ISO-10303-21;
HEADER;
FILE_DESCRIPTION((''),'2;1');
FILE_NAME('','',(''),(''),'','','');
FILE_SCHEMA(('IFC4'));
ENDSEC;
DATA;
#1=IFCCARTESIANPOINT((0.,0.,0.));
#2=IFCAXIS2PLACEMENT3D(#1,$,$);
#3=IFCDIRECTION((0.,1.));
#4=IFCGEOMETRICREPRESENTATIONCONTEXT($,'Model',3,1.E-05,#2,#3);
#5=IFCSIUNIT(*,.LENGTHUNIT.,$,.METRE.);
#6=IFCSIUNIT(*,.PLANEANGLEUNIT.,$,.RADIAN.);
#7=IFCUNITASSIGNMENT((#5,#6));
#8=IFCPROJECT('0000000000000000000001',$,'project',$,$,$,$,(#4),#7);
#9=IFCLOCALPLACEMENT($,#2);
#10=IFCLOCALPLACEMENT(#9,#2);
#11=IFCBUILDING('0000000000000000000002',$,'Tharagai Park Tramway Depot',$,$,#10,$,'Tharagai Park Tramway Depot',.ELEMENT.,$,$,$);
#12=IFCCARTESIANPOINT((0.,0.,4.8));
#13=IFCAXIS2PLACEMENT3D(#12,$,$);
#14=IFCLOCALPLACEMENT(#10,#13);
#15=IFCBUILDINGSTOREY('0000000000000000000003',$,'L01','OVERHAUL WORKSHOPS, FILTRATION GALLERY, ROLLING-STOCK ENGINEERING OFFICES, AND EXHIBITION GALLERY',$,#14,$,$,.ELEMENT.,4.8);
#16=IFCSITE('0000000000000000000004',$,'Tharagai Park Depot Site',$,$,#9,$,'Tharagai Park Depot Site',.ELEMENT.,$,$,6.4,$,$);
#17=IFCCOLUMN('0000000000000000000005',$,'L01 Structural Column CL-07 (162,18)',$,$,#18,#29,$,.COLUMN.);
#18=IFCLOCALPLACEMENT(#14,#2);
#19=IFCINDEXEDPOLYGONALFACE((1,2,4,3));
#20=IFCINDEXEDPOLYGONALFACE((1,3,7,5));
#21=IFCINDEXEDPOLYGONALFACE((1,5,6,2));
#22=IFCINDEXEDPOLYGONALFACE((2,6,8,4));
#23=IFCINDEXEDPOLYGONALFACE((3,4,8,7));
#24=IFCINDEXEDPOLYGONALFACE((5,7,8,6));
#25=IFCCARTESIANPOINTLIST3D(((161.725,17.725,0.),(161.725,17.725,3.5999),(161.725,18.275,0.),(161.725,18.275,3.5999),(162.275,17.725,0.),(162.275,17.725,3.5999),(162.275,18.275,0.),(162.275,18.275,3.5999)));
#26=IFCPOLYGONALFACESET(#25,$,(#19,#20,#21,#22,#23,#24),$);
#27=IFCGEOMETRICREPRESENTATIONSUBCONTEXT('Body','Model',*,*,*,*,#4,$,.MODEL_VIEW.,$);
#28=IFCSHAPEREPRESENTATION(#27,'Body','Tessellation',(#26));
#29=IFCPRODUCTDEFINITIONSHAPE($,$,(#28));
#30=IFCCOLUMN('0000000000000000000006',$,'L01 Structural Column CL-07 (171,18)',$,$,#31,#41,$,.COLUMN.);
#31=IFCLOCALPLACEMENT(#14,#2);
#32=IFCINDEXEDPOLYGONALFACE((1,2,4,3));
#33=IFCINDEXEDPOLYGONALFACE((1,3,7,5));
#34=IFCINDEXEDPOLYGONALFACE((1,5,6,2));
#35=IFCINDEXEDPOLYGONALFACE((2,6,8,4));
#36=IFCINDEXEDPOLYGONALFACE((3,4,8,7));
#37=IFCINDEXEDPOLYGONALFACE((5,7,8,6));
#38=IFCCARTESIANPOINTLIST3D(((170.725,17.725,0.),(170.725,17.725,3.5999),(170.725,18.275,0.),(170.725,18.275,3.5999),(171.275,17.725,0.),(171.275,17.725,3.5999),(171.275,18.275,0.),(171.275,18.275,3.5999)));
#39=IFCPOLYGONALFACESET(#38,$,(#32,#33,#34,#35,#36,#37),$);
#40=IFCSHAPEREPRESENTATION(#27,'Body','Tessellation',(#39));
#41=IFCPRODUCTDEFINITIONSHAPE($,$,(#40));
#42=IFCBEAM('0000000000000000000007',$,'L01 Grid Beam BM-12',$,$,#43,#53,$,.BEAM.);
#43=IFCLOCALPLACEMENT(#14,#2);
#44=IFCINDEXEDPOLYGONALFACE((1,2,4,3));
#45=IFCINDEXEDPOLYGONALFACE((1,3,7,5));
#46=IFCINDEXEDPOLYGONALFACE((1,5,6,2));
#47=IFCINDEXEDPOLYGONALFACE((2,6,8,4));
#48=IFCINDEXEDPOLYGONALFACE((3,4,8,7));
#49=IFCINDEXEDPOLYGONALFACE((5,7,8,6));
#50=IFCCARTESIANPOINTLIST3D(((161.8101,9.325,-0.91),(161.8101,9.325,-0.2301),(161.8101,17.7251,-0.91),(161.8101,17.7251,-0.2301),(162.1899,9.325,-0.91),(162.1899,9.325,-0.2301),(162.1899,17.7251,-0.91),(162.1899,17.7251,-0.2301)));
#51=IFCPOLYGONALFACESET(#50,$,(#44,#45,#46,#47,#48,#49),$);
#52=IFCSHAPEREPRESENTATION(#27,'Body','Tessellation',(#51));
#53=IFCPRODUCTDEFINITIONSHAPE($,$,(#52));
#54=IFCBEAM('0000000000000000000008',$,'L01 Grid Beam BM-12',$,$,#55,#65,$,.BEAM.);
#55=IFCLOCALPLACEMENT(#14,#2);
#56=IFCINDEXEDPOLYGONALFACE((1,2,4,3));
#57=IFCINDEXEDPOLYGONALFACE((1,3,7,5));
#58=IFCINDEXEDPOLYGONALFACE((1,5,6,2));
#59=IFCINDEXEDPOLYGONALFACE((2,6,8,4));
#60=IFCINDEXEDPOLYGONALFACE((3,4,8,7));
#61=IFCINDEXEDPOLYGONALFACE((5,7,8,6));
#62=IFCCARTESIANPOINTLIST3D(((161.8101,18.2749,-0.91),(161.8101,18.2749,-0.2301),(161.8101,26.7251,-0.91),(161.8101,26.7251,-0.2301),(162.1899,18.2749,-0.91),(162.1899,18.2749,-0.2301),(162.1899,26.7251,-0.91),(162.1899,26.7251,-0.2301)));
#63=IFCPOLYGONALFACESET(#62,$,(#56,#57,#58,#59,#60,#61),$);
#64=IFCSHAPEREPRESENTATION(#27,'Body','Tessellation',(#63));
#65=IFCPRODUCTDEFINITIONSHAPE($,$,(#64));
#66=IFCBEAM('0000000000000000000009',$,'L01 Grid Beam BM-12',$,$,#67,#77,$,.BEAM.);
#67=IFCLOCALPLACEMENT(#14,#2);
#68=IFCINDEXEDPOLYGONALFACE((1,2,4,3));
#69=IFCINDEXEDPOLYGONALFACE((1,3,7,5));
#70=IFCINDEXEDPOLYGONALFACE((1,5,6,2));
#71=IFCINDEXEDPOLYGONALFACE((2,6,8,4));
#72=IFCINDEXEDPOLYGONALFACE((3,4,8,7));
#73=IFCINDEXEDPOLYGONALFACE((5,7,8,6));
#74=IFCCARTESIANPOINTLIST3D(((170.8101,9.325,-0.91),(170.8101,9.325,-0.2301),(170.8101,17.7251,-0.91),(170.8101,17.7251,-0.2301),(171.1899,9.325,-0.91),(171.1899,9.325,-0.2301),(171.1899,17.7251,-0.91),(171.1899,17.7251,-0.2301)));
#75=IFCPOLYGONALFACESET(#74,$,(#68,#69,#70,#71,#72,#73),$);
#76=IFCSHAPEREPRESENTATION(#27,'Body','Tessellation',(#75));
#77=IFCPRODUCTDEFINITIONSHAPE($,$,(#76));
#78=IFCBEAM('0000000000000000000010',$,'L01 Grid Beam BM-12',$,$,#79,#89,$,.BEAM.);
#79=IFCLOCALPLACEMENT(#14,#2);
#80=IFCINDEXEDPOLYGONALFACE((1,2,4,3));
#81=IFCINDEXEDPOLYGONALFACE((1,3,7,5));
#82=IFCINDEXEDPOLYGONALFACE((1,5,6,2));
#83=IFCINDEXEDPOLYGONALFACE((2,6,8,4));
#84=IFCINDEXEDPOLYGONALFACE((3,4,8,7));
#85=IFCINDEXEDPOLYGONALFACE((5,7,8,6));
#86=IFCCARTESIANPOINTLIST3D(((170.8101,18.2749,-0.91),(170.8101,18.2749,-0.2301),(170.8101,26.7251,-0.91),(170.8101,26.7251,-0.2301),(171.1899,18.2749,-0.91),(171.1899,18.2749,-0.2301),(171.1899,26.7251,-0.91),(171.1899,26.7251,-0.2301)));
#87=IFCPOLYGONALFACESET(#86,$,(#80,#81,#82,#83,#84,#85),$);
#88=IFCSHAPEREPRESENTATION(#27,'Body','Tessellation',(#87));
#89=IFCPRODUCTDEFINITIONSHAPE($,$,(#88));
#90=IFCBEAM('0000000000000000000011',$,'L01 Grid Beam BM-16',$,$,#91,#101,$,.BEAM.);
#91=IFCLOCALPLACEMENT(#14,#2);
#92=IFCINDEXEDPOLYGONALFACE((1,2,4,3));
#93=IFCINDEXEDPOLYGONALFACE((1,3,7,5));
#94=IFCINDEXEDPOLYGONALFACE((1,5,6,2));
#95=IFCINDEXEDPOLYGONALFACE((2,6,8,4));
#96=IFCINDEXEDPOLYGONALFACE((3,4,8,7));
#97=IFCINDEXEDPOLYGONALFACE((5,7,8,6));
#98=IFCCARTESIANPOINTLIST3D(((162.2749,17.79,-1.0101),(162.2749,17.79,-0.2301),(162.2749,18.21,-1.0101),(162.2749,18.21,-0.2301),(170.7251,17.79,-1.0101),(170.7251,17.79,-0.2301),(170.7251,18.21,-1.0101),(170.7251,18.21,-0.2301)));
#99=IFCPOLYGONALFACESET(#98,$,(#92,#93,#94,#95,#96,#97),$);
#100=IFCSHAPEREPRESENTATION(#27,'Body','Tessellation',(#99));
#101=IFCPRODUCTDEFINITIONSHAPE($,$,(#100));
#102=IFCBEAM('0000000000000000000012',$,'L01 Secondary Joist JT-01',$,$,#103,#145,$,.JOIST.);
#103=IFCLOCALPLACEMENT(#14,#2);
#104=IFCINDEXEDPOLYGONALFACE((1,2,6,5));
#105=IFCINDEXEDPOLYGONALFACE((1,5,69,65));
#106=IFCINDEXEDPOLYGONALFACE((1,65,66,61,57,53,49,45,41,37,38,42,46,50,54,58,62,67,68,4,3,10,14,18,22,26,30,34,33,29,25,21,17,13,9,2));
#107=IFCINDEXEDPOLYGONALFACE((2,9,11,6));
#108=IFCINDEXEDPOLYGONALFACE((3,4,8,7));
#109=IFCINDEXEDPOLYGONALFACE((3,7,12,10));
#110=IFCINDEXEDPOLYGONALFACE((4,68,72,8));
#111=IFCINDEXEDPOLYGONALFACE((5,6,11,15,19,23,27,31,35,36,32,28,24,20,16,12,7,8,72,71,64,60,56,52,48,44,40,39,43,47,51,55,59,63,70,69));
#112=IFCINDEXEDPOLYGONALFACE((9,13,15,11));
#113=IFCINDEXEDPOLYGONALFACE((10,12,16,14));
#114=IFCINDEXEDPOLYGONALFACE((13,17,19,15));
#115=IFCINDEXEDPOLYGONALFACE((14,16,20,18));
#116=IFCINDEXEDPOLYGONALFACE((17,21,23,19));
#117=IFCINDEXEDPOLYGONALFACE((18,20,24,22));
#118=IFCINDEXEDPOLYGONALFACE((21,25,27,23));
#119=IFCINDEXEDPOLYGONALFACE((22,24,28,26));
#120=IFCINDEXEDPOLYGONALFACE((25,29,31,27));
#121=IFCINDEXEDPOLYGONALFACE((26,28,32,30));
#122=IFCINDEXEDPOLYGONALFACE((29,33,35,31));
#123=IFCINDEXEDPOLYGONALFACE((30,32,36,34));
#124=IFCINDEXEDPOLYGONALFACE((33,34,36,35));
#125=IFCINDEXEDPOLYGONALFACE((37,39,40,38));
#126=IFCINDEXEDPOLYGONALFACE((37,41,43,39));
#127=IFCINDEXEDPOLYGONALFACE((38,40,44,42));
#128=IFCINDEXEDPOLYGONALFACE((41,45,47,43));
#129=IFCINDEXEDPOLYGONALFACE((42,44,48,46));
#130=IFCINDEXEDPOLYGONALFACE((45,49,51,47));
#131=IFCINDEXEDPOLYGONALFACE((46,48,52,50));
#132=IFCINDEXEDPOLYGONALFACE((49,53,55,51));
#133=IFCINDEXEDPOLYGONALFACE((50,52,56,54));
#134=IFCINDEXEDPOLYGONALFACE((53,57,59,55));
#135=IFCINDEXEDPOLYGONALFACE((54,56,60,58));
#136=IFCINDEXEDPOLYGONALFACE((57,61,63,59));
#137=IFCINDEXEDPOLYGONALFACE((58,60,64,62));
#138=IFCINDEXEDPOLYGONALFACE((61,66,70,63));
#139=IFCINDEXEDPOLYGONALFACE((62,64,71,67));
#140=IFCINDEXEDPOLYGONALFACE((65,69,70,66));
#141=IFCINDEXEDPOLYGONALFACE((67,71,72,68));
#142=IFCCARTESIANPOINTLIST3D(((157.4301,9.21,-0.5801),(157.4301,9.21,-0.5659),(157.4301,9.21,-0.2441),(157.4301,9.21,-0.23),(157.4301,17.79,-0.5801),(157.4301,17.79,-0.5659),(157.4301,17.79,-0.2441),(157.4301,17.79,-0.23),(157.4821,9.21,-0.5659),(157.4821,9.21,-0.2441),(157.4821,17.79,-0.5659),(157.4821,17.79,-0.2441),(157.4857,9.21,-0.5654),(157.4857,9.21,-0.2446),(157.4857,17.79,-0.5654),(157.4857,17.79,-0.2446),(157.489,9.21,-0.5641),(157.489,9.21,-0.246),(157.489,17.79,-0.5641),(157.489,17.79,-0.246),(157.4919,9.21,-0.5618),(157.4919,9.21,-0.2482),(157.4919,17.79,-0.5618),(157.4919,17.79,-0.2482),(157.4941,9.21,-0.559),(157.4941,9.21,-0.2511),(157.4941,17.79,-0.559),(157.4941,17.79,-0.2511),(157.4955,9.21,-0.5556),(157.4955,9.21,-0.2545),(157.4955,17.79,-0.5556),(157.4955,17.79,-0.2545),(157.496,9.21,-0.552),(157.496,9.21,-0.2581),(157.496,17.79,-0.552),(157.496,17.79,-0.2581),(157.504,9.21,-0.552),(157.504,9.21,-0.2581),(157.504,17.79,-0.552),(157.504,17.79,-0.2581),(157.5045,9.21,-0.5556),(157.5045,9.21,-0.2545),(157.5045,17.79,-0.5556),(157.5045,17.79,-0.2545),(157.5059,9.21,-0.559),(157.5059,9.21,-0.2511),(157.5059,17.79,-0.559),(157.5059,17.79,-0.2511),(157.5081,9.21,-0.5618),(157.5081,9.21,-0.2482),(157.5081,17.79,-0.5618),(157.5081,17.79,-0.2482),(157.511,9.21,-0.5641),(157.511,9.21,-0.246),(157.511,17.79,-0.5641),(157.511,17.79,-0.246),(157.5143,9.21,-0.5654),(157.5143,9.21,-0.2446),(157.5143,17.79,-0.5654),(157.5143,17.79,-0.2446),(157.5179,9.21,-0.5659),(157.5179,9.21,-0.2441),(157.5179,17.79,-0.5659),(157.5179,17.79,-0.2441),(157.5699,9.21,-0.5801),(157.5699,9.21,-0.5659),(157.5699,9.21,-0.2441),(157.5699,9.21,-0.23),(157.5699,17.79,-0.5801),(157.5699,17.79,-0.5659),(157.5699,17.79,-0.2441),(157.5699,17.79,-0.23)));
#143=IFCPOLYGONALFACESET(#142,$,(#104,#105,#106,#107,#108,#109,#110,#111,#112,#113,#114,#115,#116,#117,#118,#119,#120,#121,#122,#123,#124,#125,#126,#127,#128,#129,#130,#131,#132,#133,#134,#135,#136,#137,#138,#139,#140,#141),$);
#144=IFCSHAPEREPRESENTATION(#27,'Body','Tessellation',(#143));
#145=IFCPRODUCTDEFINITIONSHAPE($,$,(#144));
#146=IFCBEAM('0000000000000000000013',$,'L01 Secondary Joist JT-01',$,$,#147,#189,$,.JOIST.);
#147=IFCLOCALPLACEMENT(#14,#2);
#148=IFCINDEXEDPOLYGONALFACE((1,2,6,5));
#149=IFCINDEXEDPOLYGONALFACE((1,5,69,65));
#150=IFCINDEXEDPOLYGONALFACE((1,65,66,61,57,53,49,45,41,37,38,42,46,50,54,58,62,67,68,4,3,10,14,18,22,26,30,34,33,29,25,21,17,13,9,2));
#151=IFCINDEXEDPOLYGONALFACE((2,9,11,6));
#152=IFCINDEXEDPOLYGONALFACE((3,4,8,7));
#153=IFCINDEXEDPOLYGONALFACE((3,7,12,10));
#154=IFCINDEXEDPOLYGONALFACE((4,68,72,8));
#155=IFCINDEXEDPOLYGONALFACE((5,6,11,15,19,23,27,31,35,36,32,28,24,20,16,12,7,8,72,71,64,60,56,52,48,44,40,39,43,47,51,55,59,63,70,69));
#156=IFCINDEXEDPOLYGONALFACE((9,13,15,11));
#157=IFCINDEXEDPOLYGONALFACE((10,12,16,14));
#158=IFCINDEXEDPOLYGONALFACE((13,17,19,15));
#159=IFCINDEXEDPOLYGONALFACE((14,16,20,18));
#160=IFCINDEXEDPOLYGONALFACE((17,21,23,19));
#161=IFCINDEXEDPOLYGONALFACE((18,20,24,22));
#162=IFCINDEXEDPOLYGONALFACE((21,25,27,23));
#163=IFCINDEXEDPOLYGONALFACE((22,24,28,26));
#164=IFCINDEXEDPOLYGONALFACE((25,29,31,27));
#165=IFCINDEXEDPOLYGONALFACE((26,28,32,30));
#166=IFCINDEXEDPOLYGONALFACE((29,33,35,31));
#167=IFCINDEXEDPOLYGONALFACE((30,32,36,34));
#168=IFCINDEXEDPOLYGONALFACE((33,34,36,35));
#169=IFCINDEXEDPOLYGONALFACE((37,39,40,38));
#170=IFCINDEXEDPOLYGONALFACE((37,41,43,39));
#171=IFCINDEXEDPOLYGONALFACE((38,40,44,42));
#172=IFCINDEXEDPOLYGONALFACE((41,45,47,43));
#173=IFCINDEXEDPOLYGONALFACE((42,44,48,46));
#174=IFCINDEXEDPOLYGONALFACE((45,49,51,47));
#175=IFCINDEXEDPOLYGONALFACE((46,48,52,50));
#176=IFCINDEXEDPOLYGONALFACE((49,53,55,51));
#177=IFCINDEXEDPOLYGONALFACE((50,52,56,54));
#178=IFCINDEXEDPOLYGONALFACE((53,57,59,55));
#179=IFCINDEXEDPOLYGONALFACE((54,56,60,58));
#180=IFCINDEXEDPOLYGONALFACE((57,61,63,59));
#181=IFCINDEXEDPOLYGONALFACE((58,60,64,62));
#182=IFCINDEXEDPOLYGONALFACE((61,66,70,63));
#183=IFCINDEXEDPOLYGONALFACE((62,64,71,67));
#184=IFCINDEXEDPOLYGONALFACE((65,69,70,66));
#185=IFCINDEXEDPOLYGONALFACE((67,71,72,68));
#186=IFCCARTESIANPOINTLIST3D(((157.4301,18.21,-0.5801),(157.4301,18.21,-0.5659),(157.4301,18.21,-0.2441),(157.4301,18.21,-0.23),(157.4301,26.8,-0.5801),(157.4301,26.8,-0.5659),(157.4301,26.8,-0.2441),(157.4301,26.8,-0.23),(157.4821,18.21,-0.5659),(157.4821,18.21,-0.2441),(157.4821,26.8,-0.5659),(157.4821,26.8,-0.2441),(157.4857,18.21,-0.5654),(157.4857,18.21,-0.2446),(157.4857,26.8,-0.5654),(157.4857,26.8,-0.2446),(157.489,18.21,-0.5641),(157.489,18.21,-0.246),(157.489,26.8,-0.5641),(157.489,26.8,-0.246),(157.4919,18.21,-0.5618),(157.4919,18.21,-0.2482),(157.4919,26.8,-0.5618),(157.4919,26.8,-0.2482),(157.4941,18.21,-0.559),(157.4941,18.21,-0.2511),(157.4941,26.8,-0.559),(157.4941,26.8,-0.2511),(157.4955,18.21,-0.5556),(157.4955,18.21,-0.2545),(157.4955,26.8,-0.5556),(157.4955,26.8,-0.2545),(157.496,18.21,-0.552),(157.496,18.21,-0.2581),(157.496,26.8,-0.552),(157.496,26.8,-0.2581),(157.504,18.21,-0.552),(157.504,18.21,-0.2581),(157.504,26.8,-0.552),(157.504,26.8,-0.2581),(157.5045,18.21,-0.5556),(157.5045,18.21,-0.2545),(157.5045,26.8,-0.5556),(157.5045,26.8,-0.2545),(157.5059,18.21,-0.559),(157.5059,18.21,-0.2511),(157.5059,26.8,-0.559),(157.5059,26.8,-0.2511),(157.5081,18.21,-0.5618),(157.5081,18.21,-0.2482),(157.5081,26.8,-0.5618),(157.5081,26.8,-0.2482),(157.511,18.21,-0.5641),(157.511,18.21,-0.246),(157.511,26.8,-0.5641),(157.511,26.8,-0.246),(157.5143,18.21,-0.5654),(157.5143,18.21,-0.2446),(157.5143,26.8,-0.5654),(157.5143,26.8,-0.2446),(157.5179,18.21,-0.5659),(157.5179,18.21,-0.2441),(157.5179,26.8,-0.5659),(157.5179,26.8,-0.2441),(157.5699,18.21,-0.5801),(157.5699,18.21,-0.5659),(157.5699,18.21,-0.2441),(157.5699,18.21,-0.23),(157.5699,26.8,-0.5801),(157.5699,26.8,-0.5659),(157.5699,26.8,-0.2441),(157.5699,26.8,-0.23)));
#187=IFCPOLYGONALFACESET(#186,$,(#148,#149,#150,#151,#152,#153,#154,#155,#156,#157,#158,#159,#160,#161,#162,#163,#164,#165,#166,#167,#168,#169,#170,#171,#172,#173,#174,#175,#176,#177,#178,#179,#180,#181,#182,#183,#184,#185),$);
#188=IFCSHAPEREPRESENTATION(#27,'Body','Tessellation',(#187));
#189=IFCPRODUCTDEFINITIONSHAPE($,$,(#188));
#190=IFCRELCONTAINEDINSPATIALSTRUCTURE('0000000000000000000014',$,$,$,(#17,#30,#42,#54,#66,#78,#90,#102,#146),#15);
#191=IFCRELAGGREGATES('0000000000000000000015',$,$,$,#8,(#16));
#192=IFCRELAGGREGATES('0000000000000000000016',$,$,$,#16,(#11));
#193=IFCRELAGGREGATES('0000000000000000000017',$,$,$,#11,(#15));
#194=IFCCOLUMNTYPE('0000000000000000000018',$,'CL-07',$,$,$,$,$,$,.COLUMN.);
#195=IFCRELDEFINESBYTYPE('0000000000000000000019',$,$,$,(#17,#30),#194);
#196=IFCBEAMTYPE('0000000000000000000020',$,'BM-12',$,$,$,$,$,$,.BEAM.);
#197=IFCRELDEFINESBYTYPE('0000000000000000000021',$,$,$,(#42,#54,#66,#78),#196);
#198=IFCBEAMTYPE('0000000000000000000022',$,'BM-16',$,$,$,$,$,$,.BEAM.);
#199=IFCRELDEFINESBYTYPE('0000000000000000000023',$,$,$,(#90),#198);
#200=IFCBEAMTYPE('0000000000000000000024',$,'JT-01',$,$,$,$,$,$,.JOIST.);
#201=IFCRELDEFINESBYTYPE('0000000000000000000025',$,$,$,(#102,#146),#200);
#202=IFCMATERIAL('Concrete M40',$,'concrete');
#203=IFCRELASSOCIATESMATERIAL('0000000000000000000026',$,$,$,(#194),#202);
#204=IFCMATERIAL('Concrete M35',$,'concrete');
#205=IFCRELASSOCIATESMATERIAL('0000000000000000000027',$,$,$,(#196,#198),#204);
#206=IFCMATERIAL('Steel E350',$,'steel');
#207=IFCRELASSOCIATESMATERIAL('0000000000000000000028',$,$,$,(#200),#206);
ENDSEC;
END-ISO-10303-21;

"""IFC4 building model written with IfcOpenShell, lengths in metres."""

from ifc_helpers import new_model, si_unit, direction, frame, origin, origin_2d, place, context, subcontext, project, spatial, rectangle, i_section, extrude, material, material_profile, profile_set, type_object, element, save


model = new_model("IFC4")

# Units and contexts
model_context = context("Model", 3, precision=1e-05, world=origin(), true_north=direction((0.0, 1.0)))
body_context = subcontext(model_context, "Body", "Model", "MODEL_VIEW")
ifc_project = project(units=[si_unit("LENGTHUNIT", "METRE"), si_unit("PLANEANGLEUNIT", "RADIAN")], contexts=[model_context])

# Site, building, storey
site_placement = place(None, origin())
site = spatial("IfcSite", under=ifc_project, at=site_placement, Name="Tharagai Park Depot Site", LongName="Tharagai Park Depot Site", CompositionType="ELEMENT", RefElevation=6.4)
building_placement = place(site_placement, origin())
building = spatial("IfcBuilding", under=site, at=building_placement, Name="Tharagai Park Tramway Depot", LongName="Tharagai Park Tramway Depot", CompositionType="ELEMENT")
storey_placement = place(building_placement, frame((0.0, 0.0, 4.8)))
storey = spatial("IfcBuildingStorey", under=building, at=storey_placement, Name="L01", Description="OVERHAUL WORKSHOPS, FILTRATION GALLERY, ROLLING-STOCK ENGINEERING OFFICES, AND EXHIBITION GALLERY", CompositionType="ELEMENT", Elevation=4.8)

# Columns
ifc_material_1 = material(Name="Concrete M40", Category="concrete")
ifc_material_profile_1 = material_profile(ifc_material_1, rectangle(XDim=0.55, YDim=0.55, at=origin_2d()), Name="RC 550x550")
ifc_profile_set_1 = profile_set([ifc_material_profile_1], Name="Concrete M40")
column_type = type_object("IfcColumnType", Name="CL-07", PredefinedType="COLUMN", material=ifc_profile_set_1)
for number, where, z_axis, x_axis, name in (
    (1, (162.0, 18.0, 0.0), (0.0, 0.0, 1.0), (1.0, 0.0, 0.0), "L01 Structural Column CL-07 (162,18)"),
    (2, (171.0, 18.0, 0.0), (0.0, 0.0, 1.0), (1.0, 0.0, 0.0), "L01 Structural Column CL-07 (171,18)"),
):
    element("IfcColumn", number, at=place(storey_placement, frame(where, z_axis=z_axis, x_axis=x_axis)), inside=storey, type_object=column_type, Name=name, PredefinedType="COLUMN", context=body_context, shape_type="SweptSolid", body=[
        extrude(rectangle(XDim=0.55, YDim=0.55, at=origin_2d()), origin(), (0.0, 0.0, 1.0), 3.5999),
    ])

# Beams
ifc_material_2 = material(Name="Concrete M35", Category="concrete")
ifc_material_profile_2 = material_profile(ifc_material_2, rectangle(XDim=0.3799, YDim=0.6799, at=origin_2d()), Name="RC 380x680")
ifc_profile_set_2 = profile_set([ifc_material_profile_2], Name="Concrete M35")
beam_type_1 = type_object("IfcBeamType", Name="BM-12", PredefinedType="BEAM", material=ifc_profile_set_2)
beam_1_placement = place(storey_placement, frame((162.0, 9.325, -0.5701), z_axis=(0.0, 1.0, 0.0), x_axis=(-1.0, 0.0, 0.0)))
element("IfcBeam", 3, at=beam_1_placement, inside=storey, type_object=beam_type_1, Name="L01 Grid Beam BM-12", PredefinedType="BEAM", context=body_context, shape_type="SweptSolid", body=[
    extrude(rectangle(XDim=0.3799, YDim=0.6799, at=origin_2d()), origin(), (0.0, 0.0, 1.0), 8.4001),
])
beam_2_placement = place(storey_placement, frame((162.0, 18.2749, -0.5701), z_axis=(0.0, 1.0, 0.0), x_axis=(-1.0, 0.0, 0.0)))
element("IfcBeam", 4, at=beam_2_placement, inside=storey, type_object=beam_type_1, Name="L01 Grid Beam BM-12", PredefinedType="BEAM", context=body_context, shape_type="SweptSolid", body=[
    extrude(rectangle(XDim=0.3799, YDim=0.6799, at=origin_2d()), origin(), (0.0, 0.0, 1.0), 8.4502),
])
beam_3_placement = place(storey_placement, frame((171.0, 9.325, -0.5701), z_axis=(0.0, 1.0, 0.0), x_axis=(-1.0, 0.0, 0.0)))
element("IfcBeam", 5, at=beam_3_placement, inside=storey, type_object=beam_type_1, Name="L01 Grid Beam BM-12", PredefinedType="BEAM", context=body_context, shape_type="SweptSolid", body=[
    extrude(rectangle(XDim=0.3799, YDim=0.6799, at=origin_2d()), origin(), (0.0, 0.0, 1.0), 8.4001),
])
beam_4_placement = place(storey_placement, frame((171.0, 18.2749, -0.5701), z_axis=(0.0, 1.0, 0.0), x_axis=(-1.0, 0.0, 0.0)))
element("IfcBeam", 6, at=beam_4_placement, inside=storey, type_object=beam_type_1, Name="L01 Grid Beam BM-12", PredefinedType="BEAM", context=body_context, shape_type="SweptSolid", body=[
    extrude(rectangle(XDim=0.3799, YDim=0.6799, at=origin_2d()), origin(), (0.0, 0.0, 1.0), 8.4502),
])
ifc_material_profile_3 = material_profile(ifc_material_2, rectangle(XDim=0.4199, YDim=0.78, at=origin_2d()), Name="RC 420x780")
ifc_profile_set_3 = profile_set([ifc_material_profile_3], Name="Concrete M35")
beam_type_2 = type_object("IfcBeamType", Name="BM-16", PredefinedType="BEAM", material=ifc_profile_set_3)
beam_5_placement = place(storey_placement, frame((162.2749, 18.0, -0.6201), z_axis=(1.0, 0.0, 0.0), x_axis=(0.0, 1.0, 0.0)))
element("IfcBeam", 7, at=beam_5_placement, inside=storey, type_object=beam_type_2, Name="L01 Grid Beam BM-16", PredefinedType="BEAM", context=body_context, shape_type="SweptSolid", body=[
    extrude(rectangle(XDim=0.4199, YDim=0.78, at=origin_2d()), origin(), (0.0, 0.0, 1.0), 8.4502),
])
ifc_material_3 = material(Name="Steel E350", Category="steel")
ifc_material_profile_4 = material_profile(ifc_material_3, i_section(OverallWidth=0.1399, OverallDepth=0.3501, WebThickness=0.0081, FlangeThickness=0.0142, FilletRadius=0.0139, at=origin_2d()), Name="ISMB 350")
ifc_profile_set_4 = profile_set([ifc_material_profile_4], Name="Steel E350")
beam_type_3 = type_object("IfcBeamType", Name="JT-01", PredefinedType="JOIST", material=ifc_profile_set_4)
beam_6_placement = place(storey_placement, frame((157.5, 9.21, -0.405), z_axis=(0.0, 1.0, 0.0), x_axis=(-1.0, 0.0, 0.0)))
element("IfcBeam", 8, at=beam_6_placement, inside=storey, type_object=beam_type_3, Name="L01 Secondary Joist JT-01", PredefinedType="JOIST", context=body_context, shape_type="SweptSolid", body=[
    extrude(i_section(OverallWidth=0.1399, OverallDepth=0.3501, WebThickness=0.0081, FlangeThickness=0.0142, FilletRadius=0.0139, at=origin_2d()), origin(), (0.0, 0.0, 1.0), 8.5801),
])
beam_7_placement = place(storey_placement, frame((157.5, 18.21, -0.405), z_axis=(0.0, 1.0, 0.0), x_axis=(-1.0, 0.0, 0.0)))
element("IfcBeam", 9, at=beam_7_placement, inside=storey, type_object=beam_type_3, Name="L01 Secondary Joist JT-01", PredefinedType="JOIST", context=body_context, shape_type="SweptSolid", body=[
    extrude(i_section(OverallWidth=0.1399, OverallDepth=0.3501, WebThickness=0.0081, FlangeThickness=0.0142, FilletRadius=0.0139, at=origin_2d()), origin(), (0.0, 0.0, 1.0), 8.5901),
])

save(model, "model.ifc")
